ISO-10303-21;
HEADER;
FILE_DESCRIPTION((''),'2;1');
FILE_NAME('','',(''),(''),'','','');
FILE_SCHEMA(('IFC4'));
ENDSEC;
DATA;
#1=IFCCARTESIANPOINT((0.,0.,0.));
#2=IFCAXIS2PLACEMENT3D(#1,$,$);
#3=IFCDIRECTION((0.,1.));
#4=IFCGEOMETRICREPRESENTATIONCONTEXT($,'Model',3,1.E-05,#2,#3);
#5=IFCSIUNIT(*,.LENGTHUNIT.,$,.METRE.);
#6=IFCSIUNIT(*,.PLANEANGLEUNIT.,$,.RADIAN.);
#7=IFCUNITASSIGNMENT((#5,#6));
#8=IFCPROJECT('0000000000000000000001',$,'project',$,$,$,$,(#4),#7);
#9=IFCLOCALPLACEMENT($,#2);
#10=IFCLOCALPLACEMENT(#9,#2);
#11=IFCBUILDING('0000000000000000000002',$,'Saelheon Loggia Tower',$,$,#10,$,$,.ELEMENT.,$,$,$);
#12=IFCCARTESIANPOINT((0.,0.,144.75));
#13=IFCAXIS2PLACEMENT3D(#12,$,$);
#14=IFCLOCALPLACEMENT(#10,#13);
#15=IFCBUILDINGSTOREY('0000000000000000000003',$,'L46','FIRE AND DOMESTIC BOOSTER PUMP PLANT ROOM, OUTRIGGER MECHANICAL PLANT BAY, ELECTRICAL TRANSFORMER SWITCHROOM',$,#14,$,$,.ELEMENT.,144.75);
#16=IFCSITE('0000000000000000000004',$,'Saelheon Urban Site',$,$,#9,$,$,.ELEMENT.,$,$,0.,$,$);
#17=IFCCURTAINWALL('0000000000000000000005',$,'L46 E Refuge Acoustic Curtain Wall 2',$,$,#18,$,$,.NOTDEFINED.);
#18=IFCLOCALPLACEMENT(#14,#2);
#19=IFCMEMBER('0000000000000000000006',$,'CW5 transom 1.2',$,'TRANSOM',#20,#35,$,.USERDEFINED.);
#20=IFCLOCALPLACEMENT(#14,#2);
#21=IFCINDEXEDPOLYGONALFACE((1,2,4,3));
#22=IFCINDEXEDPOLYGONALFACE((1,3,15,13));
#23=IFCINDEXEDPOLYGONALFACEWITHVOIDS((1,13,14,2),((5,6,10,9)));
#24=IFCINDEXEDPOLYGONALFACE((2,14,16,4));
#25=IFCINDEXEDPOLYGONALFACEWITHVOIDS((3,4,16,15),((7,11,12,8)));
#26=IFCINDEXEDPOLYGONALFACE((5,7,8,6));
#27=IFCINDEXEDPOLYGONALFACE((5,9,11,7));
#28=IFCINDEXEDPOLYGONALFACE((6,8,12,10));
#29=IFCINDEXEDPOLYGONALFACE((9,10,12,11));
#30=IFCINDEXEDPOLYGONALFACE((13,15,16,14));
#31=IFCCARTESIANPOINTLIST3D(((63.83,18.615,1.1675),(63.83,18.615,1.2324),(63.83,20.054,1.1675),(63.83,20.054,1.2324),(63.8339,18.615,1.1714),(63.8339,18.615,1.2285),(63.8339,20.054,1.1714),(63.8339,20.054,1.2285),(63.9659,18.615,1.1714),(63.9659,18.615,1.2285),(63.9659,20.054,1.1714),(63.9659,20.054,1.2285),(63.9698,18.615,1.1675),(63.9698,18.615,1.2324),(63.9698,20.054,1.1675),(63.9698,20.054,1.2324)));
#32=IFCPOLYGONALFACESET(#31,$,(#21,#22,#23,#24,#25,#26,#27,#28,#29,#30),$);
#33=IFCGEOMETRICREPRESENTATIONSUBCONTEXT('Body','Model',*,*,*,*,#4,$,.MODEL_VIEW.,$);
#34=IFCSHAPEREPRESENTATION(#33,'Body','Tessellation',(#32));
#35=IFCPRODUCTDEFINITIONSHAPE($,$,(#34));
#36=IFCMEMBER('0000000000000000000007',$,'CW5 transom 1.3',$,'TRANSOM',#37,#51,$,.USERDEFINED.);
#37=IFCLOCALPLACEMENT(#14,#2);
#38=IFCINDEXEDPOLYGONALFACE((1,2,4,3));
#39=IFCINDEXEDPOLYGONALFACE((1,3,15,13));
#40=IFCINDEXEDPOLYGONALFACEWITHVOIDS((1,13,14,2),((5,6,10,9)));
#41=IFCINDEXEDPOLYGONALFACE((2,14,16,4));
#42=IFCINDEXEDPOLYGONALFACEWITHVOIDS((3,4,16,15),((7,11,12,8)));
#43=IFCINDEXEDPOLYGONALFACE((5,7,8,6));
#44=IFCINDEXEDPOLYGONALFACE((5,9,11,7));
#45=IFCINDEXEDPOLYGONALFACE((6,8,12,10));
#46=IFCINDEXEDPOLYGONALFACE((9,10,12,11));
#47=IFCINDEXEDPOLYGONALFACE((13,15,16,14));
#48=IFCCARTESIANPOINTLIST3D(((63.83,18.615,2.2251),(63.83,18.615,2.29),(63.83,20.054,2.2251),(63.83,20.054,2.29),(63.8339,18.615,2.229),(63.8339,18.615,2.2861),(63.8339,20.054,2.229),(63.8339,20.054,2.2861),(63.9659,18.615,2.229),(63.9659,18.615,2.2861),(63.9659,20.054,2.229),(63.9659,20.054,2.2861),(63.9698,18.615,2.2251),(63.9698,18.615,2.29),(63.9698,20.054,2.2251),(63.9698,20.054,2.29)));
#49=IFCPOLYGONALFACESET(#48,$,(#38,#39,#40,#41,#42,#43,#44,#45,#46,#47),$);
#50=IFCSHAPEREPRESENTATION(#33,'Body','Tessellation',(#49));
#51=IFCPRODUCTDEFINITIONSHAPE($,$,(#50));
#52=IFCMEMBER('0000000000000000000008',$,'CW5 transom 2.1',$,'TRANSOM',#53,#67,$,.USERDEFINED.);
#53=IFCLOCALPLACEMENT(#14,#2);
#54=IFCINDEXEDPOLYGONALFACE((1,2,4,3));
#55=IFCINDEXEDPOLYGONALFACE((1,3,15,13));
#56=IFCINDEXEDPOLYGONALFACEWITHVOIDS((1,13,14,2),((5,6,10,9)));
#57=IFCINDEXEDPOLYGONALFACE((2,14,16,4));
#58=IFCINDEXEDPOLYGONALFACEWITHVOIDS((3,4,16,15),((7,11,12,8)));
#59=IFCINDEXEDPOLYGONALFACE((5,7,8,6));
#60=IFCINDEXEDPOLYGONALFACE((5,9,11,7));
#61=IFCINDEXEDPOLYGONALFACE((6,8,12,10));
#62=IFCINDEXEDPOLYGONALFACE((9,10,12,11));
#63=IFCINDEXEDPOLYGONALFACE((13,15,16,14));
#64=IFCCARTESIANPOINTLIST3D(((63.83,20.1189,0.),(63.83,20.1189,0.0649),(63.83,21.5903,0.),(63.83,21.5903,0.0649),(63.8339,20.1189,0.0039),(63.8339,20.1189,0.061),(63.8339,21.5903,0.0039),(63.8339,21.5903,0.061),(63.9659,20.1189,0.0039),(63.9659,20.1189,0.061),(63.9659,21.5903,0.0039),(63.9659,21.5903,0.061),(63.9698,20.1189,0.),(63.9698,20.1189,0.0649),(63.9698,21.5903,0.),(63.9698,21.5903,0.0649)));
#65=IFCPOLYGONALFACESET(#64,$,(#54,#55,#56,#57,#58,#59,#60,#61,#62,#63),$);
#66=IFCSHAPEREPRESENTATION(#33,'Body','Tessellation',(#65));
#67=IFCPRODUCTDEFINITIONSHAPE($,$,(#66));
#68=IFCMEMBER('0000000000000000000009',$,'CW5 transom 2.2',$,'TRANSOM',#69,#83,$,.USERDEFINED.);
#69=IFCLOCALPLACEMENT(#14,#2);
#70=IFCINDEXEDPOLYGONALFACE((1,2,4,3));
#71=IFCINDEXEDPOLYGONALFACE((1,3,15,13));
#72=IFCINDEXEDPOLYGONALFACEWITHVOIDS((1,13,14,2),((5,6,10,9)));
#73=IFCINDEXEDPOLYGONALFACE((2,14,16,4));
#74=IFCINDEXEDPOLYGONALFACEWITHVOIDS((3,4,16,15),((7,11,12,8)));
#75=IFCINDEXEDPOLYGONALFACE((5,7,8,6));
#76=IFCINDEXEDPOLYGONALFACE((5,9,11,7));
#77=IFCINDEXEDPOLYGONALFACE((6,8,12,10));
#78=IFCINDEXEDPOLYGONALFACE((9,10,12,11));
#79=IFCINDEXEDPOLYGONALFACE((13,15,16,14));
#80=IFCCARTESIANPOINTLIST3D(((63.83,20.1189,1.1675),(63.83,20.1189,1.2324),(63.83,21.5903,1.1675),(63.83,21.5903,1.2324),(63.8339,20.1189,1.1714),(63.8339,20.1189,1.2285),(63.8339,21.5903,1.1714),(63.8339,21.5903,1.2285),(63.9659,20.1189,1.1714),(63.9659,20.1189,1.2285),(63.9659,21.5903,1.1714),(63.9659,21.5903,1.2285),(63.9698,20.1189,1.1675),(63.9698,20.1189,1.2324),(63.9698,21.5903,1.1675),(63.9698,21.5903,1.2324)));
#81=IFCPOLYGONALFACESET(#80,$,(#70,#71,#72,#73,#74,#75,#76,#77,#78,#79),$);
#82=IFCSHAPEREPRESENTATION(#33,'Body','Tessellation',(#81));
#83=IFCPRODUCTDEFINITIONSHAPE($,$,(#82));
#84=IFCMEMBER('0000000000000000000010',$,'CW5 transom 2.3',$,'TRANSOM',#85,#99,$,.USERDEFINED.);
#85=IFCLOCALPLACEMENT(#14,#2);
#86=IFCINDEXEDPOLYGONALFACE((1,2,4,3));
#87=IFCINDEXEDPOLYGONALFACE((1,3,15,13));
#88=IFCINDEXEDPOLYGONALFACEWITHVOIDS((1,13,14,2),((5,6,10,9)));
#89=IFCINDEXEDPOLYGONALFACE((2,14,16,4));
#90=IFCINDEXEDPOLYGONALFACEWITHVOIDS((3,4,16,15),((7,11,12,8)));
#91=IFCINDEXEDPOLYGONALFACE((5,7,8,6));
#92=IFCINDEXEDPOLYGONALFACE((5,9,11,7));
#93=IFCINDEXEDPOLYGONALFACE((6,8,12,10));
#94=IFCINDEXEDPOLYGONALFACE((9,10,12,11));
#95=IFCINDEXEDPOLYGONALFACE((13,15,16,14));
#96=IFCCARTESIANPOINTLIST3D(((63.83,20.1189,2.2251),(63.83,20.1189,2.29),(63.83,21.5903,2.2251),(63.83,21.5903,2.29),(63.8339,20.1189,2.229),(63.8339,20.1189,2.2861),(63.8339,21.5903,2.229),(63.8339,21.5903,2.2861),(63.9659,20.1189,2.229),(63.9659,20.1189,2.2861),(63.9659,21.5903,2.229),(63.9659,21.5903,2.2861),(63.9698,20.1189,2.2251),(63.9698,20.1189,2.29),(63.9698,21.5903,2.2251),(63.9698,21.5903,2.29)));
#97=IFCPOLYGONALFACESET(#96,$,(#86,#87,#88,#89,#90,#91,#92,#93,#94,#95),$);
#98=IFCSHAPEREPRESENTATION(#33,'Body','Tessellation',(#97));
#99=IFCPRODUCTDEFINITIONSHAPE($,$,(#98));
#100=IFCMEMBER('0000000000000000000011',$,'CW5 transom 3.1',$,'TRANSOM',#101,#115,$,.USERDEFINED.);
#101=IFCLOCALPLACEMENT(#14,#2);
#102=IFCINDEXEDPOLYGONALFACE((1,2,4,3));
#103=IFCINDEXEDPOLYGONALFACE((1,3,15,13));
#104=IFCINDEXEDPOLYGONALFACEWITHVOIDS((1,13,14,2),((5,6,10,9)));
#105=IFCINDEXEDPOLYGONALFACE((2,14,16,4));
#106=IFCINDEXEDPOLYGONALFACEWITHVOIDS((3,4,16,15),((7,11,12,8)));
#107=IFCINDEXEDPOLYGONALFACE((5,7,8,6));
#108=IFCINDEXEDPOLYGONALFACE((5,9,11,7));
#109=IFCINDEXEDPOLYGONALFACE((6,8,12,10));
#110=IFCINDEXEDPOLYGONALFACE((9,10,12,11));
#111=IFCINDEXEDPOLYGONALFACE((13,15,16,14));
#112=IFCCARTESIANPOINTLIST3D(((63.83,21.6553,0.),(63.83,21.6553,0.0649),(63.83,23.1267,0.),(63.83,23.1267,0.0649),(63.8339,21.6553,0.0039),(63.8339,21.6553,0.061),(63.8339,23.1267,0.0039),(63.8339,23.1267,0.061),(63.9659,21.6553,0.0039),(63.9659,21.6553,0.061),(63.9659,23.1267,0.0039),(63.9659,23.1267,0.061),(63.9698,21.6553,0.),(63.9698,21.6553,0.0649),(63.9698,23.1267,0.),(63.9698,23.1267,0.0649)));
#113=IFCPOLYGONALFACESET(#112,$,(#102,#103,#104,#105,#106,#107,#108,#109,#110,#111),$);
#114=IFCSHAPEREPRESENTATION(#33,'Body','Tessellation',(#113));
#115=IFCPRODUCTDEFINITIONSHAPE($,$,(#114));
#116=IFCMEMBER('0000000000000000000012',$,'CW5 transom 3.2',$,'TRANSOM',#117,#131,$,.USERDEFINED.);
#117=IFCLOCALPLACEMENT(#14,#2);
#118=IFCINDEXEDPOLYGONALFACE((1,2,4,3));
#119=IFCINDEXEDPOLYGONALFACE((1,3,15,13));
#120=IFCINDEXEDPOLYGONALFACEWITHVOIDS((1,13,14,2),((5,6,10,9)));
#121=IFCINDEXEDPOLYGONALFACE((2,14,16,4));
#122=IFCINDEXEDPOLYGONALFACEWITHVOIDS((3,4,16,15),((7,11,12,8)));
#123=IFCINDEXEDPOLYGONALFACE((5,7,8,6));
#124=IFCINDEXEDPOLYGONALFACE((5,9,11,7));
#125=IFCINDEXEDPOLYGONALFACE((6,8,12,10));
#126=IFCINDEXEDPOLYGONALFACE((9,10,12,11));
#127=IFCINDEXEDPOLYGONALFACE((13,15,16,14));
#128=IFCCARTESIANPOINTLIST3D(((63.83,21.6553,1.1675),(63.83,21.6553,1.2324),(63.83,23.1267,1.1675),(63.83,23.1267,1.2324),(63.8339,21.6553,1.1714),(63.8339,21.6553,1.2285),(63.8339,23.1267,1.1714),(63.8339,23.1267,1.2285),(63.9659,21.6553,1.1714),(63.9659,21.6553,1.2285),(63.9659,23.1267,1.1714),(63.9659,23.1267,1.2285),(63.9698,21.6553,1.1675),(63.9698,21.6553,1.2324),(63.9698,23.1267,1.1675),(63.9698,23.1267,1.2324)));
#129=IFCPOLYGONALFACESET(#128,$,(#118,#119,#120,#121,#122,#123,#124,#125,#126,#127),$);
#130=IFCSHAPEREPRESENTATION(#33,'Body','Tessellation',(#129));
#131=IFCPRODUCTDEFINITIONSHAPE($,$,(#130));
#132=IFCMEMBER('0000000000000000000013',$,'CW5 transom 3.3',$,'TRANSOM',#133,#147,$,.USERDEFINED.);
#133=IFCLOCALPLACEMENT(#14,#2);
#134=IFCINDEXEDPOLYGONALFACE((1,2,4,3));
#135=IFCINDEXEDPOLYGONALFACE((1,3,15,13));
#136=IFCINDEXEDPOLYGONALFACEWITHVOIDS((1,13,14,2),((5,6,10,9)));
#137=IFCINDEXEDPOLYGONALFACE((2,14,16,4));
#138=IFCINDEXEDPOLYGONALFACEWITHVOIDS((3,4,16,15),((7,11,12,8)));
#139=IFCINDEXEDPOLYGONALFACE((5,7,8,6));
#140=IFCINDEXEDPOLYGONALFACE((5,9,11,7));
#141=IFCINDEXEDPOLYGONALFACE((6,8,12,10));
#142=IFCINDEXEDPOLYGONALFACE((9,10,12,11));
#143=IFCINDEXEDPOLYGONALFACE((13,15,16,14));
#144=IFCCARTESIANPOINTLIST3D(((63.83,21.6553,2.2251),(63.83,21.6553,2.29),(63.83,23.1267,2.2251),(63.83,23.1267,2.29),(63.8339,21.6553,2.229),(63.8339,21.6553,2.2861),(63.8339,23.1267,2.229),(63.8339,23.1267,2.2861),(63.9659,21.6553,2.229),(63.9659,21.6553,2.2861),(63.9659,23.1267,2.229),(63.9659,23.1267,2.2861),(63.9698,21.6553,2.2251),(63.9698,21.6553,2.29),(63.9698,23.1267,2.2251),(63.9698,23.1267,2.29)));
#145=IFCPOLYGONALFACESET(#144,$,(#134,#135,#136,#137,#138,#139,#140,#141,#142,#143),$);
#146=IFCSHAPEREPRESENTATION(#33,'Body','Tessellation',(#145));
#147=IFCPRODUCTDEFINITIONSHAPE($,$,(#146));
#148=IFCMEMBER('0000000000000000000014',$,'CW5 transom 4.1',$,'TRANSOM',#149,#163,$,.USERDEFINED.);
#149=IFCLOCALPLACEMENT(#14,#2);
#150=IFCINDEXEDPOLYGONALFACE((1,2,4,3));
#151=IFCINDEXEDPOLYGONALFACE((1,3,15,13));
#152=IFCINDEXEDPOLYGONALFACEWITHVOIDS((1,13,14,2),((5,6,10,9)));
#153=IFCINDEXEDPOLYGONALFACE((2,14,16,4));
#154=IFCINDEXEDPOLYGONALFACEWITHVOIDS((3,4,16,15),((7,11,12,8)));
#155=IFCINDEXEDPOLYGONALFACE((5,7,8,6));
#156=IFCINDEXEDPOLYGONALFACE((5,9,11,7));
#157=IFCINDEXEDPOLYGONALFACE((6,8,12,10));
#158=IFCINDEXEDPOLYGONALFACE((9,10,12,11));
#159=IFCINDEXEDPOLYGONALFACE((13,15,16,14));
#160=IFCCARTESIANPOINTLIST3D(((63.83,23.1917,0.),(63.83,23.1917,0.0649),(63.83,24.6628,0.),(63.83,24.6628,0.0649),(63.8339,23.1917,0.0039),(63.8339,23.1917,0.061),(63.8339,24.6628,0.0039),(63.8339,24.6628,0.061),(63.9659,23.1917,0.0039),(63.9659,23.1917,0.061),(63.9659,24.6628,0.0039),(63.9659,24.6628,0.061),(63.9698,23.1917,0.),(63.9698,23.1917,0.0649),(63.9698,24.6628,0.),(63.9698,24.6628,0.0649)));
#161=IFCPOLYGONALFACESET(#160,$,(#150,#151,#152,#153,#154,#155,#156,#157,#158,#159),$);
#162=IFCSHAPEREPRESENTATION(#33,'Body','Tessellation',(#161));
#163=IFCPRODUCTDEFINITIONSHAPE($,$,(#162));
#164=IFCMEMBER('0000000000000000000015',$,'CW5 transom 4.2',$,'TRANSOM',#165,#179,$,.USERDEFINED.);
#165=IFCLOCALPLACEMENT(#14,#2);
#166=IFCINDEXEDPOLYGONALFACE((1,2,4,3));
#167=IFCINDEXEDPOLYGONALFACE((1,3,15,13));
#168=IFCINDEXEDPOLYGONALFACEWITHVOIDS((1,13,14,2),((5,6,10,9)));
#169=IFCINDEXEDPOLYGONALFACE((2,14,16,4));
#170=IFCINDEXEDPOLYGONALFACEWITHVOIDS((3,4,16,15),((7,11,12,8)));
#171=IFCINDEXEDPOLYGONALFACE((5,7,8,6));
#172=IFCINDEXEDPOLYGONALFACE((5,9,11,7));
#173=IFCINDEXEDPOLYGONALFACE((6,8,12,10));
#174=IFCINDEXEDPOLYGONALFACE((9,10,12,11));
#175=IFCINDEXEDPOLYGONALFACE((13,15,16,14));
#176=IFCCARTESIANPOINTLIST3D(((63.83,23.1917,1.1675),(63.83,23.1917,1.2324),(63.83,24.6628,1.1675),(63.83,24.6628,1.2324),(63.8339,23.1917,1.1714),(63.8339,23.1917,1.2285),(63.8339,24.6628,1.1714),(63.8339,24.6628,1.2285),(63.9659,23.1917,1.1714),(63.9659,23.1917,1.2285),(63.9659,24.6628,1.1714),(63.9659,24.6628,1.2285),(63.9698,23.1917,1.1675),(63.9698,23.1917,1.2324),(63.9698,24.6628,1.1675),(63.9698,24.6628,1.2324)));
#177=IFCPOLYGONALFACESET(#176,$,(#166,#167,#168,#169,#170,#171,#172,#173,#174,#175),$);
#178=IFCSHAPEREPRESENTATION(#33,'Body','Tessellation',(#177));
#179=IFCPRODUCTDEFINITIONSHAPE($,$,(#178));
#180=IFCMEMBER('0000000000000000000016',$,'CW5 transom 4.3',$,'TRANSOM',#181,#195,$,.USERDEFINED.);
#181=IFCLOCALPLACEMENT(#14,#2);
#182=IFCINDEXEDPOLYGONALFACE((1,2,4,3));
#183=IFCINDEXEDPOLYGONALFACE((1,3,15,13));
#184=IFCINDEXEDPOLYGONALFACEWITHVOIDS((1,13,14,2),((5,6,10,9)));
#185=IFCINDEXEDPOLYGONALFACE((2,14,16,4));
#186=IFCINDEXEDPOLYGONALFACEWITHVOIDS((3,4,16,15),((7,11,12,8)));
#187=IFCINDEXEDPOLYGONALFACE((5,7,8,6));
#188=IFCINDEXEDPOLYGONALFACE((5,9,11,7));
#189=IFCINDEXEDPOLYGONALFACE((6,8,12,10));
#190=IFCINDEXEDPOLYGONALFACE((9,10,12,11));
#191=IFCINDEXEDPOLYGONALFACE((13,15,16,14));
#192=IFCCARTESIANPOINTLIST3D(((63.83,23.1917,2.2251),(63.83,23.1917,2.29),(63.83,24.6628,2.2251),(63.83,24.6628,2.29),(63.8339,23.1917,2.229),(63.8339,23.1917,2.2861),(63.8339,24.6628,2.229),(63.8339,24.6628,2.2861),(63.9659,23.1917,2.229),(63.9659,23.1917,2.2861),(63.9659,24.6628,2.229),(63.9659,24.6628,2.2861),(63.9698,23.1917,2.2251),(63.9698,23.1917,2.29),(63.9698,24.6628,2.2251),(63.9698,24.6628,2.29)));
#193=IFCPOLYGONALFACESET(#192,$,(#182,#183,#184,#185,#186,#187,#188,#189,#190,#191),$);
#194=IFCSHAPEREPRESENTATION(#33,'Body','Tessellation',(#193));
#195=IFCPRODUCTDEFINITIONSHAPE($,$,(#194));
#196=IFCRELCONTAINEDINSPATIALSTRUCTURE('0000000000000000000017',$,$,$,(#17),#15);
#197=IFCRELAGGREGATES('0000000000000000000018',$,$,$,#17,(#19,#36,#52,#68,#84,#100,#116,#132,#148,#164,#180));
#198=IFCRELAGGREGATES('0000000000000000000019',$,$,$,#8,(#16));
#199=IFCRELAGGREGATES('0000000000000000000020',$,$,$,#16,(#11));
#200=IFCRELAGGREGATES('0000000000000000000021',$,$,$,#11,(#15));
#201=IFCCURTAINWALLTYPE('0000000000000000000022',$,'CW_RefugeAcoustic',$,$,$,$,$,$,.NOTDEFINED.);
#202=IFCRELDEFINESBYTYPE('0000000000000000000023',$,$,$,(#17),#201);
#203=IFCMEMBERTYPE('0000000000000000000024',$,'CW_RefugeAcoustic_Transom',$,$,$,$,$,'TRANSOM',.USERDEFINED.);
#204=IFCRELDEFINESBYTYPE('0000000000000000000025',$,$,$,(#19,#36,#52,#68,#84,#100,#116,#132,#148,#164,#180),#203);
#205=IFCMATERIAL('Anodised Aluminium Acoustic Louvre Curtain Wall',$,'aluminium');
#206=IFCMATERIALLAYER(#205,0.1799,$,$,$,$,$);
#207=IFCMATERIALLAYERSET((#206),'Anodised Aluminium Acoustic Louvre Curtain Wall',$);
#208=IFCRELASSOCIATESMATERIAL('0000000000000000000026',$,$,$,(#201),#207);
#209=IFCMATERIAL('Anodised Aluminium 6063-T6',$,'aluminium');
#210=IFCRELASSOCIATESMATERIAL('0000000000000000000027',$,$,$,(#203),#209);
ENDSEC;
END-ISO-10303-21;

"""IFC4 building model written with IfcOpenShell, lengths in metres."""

from ifc_helpers import new_model, si_unit, direction, frame, origin, origin_2d, place, context, subcontext, project, spatial, hollow_rectangle, extrude, source, transform, mapped, material, layer, layer_set, material_profile, profile_set, type_object, element, aggregate, save


model = new_model("IFC4")

# Units and contexts
model_context = context("Model", 3, precision=1e-05, world=origin(), true_north=direction((0.0, 1.0)))
body_context = subcontext(model_context, "Body", "Model", "MODEL_VIEW")
ifc_project = project(units=[si_unit("LENGTHUNIT", "METRE"), si_unit("PLANEANGLEUNIT", "RADIAN")], contexts=[model_context])

# Site, building, storey
site_placement = place(None, origin())
site = spatial("IfcSite", under=ifc_project, at=site_placement, Name="Saelheon Urban Site", CompositionType="ELEMENT", RefElevation=0.0)
building_placement = place(site_placement, origin())
building = spatial("IfcBuilding", under=site, at=building_placement, Name="Saelheon Loggia Tower", CompositionType="ELEMENT")
storey_placement = place(building_placement, frame((0.0, 0.0, 144.75)))
storey = spatial("IfcBuildingStorey", under=building, at=storey_placement, Name="L46", Description="FIRE AND DOMESTIC BOOSTER PUMP PLANT ROOM, OUTRIGGER MECHANICAL PLANT BAY, ELECTRICAL TRANSFORMER SWITCHROOM", CompositionType="ELEMENT", Elevation=144.75)

# Curtain wall, members
ifc_material_1 = material(Name="Anodised Aluminium Acoustic Louvre Curtain Wall", Category="aluminium")
ifc_layer_1 = layer(ifc_material_1, 0.1799)
ifc_layer_set_1 = layer_set([ifc_layer_1], Name="Anodised Aluminium Acoustic Louvre Curtain Wall")
curtain_wall_type = type_object("IfcCurtainWallType", Name="CW_RefugeAcoustic", PredefinedType="NOTDEFINED", material=ifc_layer_set_1)
curtain_wall_placement = place(storey_placement, origin())
curtain_wall = element("IfcCurtainWall", 1, at=curtain_wall_placement, inside=storey, type_object=curtain_wall_type, Name="L46 E Refuge Acoustic Curtain Wall 2", PredefinedType="NOTDEFINED")
ifc_material_2 = material(Name="Anodised Aluminium 6063-T6", Category="aluminium")
ifc_material_profile_1 = material_profile(ifc_material_2, hollow_rectangle(XDim=0.0649, YDim=0.1399, WallThickness=0.0039, at=origin_2d()), Name="RHS-140x65x4")
ifc_profile_set_1 = profile_set([ifc_material_profile_1], Name="Anodised Aluminium 6063-T6")
member_type_1 = type_object("IfcMemberType", Name="CW_RefugeAcoustic_Transom", ElementType="TRANSOM", PredefinedType="USERDEFINED", material=ifc_profile_set_1)
shared_shape_1 = source(origin(), body_context, "Body", "SweptSolid", [
    extrude(hollow_rectangle(XDim=0.0649, YDim=0.1399, WallThickness=0.0039, at=origin_2d()), origin(), (0.0, 0.0, 1.0), 1.439),
])
member_1_placement = place(storey_placement, frame((63.8999, 18.615, 1.2), z_axis=(0.0, 1.0, 0.0), x_axis=(0.0, 0.0, 1.0)))
member_1 = element("IfcMember", 2, at=member_1_placement, type_object=member_type_1, Name="CW5 transom 1.2", ObjectType="TRANSOM", PredefinedType="USERDEFINED", context=body_context, shape_type="MappedRepresentation", body=[
    mapped(shared_shape_1, transform((0.0, 0.0, 0.0), scale=1.0)),
])
member_2_placement = place(storey_placement, frame((63.8999, 18.615, 2.2576), z_axis=(0.0, 1.0, 0.0), x_axis=(0.0, 0.0, 1.0)))
member_2 = element("IfcMember", 3, at=member_2_placement, type_object=member_type_1, Name="CW5 transom 1.3", ObjectType="TRANSOM", PredefinedType="USERDEFINED", context=body_context, shape_type="MappedRepresentation", body=[
    mapped(shared_shape_1, transform((0.0, 0.0, 0.0), scale=1.0)),
])
shared_shape_2 = source(origin(), body_context, "Body", "SweptSolid", [
    extrude(hollow_rectangle(XDim=0.0649, YDim=0.1399, WallThickness=0.0039, at=origin_2d()), origin(), (0.0, 0.0, 1.0), 1.4714),
])
member_3_placement = place(storey_placement, frame((63.8999, 20.1189, 0.0325), z_axis=(0.0, 1.0, 0.0), x_axis=(0.0, 0.0, 1.0)))
member_3 = element("IfcMember", 4, at=member_3_placement, type_object=member_type_1, Name="CW5 transom 2.1", ObjectType="TRANSOM", PredefinedType="USERDEFINED", context=body_context, shape_type="MappedRepresentation", body=[
    mapped(shared_shape_2, transform((0.0, 0.0, 0.0), scale=1.0)),
])
member_4_placement = place(storey_placement, frame((63.8999, 20.1189, 1.2), z_axis=(0.0, 1.0, 0.0), x_axis=(0.0, 0.0, 1.0)))
member_4 = element("IfcMember", 5, at=member_4_placement, type_object=member_type_1, Name="CW5 transom 2.2", ObjectType="TRANSOM", PredefinedType="USERDEFINED", context=body_context, shape_type="MappedRepresentation", body=[
    mapped(shared_shape_2, transform((0.0, 0.0, 0.0), scale=1.0)),
])
member_5_placement = place(storey_placement, frame((63.8999, 20.1189, 2.2576), z_axis=(0.0, 1.0, 0.0), x_axis=(0.0, 0.0, 1.0)))
member_5 = element("IfcMember", 6, at=member_5_placement, type_object=member_type_1, Name="CW5 transom 2.3", ObjectType="TRANSOM", PredefinedType="USERDEFINED", context=body_context, shape_type="MappedRepresentation", body=[
    mapped(shared_shape_2, transform((0.0, 0.0, 0.0), scale=1.0)),
])
member_6_placement = place(storey_placement, frame((63.8999, 21.6553, 0.0325), z_axis=(0.0, 1.0, 0.0), x_axis=(0.0, 0.0, 1.0)))
member_6 = element("IfcMember", 7, at=member_6_placement, type_object=member_type_1, Name="CW5 transom 3.1", ObjectType="TRANSOM", PredefinedType="USERDEFINED", context=body_context, shape_type="MappedRepresentation", body=[
    mapped(shared_shape_2, transform((0.0, 0.0, 0.0), scale=1.0)),
])
member_7_placement = place(storey_placement, frame((63.8999, 21.6553, 1.2), z_axis=(0.0, 1.0, 0.0), x_axis=(0.0, 0.0, 1.0)))
member_7 = element("IfcMember", 8, at=member_7_placement, type_object=member_type_1, Name="CW5 transom 3.2", ObjectType="TRANSOM", PredefinedType="USERDEFINED", context=body_context, shape_type="MappedRepresentation", body=[
    mapped(shared_shape_2, transform((0.0, 0.0, 0.0), scale=1.0)),
])
member_8_placement = place(storey_placement, frame((63.8999, 21.6553, 2.2576), z_axis=(0.0, 1.0, 0.0), x_axis=(0.0, 0.0, 1.0)))
member_8 = element("IfcMember", 9, at=member_8_placement, type_object=member_type_1, Name="CW5 transom 3.3", ObjectType="TRANSOM", PredefinedType="USERDEFINED", context=body_context, shape_type="MappedRepresentation", body=[
    mapped(shared_shape_2, transform((0.0, 0.0, 0.0), scale=1.0)),
])
shared_shape_3 = source(origin(), body_context, "Body", "SweptSolid", [
    extrude(hollow_rectangle(XDim=0.0649, YDim=0.1399, WallThickness=0.0039, at=origin_2d()), origin(), (0.0, 0.0, 1.0), 1.4712),
])
member_9_placement = place(storey_placement, frame((63.8999, 23.1917, 0.0325), z_axis=(0.0, 1.0, 0.0), x_axis=(0.0, 0.0, 1.0)))
member_9 = element("IfcMember", 10, at=member_9_placement, type_object=member_type_1, Name="CW5 transom 4.1", ObjectType="TRANSOM", PredefinedType="USERDEFINED", context=body_context, shape_type="MappedRepresentation", body=[
    mapped(shared_shape_3, transform((0.0, 0.0, 0.0), scale=1.0)),
])
member_10_placement = place(storey_placement, frame((63.8999, 23.1917, 1.2), z_axis=(0.0, 1.0, 0.0), x_axis=(0.0, 0.0, 1.0)))
member_10 = element("IfcMember", 11, at=member_10_placement, type_object=member_type_1, Name="CW5 transom 4.2", ObjectType="TRANSOM", PredefinedType="USERDEFINED", context=body_context, shape_type="MappedRepresentation", body=[
    mapped(shared_shape_3, transform((0.0, 0.0, 0.0), scale=1.0)),
])
member_11_placement = place(storey_placement, frame((63.8999, 23.1917, 2.2576), z_axis=(0.0, 1.0, 0.0), x_axis=(0.0, 0.0, 1.0)))
member_11 = element("IfcMember", 12, at=member_11_placement, type_object=member_type_1, Name="CW5 transom 4.3", ObjectType="TRANSOM", PredefinedType="USERDEFINED", context=body_context, shape_type="MappedRepresentation", body=[
    mapped(shared_shape_3, transform((0.0, 0.0, 0.0), scale=1.0)),
])

aggregate(curtain_wall, [member_1, member_2, member_3, member_4, member_5, member_6, member_7, member_8, member_9, member_10, member_11])

save(model, "model.ifc")
